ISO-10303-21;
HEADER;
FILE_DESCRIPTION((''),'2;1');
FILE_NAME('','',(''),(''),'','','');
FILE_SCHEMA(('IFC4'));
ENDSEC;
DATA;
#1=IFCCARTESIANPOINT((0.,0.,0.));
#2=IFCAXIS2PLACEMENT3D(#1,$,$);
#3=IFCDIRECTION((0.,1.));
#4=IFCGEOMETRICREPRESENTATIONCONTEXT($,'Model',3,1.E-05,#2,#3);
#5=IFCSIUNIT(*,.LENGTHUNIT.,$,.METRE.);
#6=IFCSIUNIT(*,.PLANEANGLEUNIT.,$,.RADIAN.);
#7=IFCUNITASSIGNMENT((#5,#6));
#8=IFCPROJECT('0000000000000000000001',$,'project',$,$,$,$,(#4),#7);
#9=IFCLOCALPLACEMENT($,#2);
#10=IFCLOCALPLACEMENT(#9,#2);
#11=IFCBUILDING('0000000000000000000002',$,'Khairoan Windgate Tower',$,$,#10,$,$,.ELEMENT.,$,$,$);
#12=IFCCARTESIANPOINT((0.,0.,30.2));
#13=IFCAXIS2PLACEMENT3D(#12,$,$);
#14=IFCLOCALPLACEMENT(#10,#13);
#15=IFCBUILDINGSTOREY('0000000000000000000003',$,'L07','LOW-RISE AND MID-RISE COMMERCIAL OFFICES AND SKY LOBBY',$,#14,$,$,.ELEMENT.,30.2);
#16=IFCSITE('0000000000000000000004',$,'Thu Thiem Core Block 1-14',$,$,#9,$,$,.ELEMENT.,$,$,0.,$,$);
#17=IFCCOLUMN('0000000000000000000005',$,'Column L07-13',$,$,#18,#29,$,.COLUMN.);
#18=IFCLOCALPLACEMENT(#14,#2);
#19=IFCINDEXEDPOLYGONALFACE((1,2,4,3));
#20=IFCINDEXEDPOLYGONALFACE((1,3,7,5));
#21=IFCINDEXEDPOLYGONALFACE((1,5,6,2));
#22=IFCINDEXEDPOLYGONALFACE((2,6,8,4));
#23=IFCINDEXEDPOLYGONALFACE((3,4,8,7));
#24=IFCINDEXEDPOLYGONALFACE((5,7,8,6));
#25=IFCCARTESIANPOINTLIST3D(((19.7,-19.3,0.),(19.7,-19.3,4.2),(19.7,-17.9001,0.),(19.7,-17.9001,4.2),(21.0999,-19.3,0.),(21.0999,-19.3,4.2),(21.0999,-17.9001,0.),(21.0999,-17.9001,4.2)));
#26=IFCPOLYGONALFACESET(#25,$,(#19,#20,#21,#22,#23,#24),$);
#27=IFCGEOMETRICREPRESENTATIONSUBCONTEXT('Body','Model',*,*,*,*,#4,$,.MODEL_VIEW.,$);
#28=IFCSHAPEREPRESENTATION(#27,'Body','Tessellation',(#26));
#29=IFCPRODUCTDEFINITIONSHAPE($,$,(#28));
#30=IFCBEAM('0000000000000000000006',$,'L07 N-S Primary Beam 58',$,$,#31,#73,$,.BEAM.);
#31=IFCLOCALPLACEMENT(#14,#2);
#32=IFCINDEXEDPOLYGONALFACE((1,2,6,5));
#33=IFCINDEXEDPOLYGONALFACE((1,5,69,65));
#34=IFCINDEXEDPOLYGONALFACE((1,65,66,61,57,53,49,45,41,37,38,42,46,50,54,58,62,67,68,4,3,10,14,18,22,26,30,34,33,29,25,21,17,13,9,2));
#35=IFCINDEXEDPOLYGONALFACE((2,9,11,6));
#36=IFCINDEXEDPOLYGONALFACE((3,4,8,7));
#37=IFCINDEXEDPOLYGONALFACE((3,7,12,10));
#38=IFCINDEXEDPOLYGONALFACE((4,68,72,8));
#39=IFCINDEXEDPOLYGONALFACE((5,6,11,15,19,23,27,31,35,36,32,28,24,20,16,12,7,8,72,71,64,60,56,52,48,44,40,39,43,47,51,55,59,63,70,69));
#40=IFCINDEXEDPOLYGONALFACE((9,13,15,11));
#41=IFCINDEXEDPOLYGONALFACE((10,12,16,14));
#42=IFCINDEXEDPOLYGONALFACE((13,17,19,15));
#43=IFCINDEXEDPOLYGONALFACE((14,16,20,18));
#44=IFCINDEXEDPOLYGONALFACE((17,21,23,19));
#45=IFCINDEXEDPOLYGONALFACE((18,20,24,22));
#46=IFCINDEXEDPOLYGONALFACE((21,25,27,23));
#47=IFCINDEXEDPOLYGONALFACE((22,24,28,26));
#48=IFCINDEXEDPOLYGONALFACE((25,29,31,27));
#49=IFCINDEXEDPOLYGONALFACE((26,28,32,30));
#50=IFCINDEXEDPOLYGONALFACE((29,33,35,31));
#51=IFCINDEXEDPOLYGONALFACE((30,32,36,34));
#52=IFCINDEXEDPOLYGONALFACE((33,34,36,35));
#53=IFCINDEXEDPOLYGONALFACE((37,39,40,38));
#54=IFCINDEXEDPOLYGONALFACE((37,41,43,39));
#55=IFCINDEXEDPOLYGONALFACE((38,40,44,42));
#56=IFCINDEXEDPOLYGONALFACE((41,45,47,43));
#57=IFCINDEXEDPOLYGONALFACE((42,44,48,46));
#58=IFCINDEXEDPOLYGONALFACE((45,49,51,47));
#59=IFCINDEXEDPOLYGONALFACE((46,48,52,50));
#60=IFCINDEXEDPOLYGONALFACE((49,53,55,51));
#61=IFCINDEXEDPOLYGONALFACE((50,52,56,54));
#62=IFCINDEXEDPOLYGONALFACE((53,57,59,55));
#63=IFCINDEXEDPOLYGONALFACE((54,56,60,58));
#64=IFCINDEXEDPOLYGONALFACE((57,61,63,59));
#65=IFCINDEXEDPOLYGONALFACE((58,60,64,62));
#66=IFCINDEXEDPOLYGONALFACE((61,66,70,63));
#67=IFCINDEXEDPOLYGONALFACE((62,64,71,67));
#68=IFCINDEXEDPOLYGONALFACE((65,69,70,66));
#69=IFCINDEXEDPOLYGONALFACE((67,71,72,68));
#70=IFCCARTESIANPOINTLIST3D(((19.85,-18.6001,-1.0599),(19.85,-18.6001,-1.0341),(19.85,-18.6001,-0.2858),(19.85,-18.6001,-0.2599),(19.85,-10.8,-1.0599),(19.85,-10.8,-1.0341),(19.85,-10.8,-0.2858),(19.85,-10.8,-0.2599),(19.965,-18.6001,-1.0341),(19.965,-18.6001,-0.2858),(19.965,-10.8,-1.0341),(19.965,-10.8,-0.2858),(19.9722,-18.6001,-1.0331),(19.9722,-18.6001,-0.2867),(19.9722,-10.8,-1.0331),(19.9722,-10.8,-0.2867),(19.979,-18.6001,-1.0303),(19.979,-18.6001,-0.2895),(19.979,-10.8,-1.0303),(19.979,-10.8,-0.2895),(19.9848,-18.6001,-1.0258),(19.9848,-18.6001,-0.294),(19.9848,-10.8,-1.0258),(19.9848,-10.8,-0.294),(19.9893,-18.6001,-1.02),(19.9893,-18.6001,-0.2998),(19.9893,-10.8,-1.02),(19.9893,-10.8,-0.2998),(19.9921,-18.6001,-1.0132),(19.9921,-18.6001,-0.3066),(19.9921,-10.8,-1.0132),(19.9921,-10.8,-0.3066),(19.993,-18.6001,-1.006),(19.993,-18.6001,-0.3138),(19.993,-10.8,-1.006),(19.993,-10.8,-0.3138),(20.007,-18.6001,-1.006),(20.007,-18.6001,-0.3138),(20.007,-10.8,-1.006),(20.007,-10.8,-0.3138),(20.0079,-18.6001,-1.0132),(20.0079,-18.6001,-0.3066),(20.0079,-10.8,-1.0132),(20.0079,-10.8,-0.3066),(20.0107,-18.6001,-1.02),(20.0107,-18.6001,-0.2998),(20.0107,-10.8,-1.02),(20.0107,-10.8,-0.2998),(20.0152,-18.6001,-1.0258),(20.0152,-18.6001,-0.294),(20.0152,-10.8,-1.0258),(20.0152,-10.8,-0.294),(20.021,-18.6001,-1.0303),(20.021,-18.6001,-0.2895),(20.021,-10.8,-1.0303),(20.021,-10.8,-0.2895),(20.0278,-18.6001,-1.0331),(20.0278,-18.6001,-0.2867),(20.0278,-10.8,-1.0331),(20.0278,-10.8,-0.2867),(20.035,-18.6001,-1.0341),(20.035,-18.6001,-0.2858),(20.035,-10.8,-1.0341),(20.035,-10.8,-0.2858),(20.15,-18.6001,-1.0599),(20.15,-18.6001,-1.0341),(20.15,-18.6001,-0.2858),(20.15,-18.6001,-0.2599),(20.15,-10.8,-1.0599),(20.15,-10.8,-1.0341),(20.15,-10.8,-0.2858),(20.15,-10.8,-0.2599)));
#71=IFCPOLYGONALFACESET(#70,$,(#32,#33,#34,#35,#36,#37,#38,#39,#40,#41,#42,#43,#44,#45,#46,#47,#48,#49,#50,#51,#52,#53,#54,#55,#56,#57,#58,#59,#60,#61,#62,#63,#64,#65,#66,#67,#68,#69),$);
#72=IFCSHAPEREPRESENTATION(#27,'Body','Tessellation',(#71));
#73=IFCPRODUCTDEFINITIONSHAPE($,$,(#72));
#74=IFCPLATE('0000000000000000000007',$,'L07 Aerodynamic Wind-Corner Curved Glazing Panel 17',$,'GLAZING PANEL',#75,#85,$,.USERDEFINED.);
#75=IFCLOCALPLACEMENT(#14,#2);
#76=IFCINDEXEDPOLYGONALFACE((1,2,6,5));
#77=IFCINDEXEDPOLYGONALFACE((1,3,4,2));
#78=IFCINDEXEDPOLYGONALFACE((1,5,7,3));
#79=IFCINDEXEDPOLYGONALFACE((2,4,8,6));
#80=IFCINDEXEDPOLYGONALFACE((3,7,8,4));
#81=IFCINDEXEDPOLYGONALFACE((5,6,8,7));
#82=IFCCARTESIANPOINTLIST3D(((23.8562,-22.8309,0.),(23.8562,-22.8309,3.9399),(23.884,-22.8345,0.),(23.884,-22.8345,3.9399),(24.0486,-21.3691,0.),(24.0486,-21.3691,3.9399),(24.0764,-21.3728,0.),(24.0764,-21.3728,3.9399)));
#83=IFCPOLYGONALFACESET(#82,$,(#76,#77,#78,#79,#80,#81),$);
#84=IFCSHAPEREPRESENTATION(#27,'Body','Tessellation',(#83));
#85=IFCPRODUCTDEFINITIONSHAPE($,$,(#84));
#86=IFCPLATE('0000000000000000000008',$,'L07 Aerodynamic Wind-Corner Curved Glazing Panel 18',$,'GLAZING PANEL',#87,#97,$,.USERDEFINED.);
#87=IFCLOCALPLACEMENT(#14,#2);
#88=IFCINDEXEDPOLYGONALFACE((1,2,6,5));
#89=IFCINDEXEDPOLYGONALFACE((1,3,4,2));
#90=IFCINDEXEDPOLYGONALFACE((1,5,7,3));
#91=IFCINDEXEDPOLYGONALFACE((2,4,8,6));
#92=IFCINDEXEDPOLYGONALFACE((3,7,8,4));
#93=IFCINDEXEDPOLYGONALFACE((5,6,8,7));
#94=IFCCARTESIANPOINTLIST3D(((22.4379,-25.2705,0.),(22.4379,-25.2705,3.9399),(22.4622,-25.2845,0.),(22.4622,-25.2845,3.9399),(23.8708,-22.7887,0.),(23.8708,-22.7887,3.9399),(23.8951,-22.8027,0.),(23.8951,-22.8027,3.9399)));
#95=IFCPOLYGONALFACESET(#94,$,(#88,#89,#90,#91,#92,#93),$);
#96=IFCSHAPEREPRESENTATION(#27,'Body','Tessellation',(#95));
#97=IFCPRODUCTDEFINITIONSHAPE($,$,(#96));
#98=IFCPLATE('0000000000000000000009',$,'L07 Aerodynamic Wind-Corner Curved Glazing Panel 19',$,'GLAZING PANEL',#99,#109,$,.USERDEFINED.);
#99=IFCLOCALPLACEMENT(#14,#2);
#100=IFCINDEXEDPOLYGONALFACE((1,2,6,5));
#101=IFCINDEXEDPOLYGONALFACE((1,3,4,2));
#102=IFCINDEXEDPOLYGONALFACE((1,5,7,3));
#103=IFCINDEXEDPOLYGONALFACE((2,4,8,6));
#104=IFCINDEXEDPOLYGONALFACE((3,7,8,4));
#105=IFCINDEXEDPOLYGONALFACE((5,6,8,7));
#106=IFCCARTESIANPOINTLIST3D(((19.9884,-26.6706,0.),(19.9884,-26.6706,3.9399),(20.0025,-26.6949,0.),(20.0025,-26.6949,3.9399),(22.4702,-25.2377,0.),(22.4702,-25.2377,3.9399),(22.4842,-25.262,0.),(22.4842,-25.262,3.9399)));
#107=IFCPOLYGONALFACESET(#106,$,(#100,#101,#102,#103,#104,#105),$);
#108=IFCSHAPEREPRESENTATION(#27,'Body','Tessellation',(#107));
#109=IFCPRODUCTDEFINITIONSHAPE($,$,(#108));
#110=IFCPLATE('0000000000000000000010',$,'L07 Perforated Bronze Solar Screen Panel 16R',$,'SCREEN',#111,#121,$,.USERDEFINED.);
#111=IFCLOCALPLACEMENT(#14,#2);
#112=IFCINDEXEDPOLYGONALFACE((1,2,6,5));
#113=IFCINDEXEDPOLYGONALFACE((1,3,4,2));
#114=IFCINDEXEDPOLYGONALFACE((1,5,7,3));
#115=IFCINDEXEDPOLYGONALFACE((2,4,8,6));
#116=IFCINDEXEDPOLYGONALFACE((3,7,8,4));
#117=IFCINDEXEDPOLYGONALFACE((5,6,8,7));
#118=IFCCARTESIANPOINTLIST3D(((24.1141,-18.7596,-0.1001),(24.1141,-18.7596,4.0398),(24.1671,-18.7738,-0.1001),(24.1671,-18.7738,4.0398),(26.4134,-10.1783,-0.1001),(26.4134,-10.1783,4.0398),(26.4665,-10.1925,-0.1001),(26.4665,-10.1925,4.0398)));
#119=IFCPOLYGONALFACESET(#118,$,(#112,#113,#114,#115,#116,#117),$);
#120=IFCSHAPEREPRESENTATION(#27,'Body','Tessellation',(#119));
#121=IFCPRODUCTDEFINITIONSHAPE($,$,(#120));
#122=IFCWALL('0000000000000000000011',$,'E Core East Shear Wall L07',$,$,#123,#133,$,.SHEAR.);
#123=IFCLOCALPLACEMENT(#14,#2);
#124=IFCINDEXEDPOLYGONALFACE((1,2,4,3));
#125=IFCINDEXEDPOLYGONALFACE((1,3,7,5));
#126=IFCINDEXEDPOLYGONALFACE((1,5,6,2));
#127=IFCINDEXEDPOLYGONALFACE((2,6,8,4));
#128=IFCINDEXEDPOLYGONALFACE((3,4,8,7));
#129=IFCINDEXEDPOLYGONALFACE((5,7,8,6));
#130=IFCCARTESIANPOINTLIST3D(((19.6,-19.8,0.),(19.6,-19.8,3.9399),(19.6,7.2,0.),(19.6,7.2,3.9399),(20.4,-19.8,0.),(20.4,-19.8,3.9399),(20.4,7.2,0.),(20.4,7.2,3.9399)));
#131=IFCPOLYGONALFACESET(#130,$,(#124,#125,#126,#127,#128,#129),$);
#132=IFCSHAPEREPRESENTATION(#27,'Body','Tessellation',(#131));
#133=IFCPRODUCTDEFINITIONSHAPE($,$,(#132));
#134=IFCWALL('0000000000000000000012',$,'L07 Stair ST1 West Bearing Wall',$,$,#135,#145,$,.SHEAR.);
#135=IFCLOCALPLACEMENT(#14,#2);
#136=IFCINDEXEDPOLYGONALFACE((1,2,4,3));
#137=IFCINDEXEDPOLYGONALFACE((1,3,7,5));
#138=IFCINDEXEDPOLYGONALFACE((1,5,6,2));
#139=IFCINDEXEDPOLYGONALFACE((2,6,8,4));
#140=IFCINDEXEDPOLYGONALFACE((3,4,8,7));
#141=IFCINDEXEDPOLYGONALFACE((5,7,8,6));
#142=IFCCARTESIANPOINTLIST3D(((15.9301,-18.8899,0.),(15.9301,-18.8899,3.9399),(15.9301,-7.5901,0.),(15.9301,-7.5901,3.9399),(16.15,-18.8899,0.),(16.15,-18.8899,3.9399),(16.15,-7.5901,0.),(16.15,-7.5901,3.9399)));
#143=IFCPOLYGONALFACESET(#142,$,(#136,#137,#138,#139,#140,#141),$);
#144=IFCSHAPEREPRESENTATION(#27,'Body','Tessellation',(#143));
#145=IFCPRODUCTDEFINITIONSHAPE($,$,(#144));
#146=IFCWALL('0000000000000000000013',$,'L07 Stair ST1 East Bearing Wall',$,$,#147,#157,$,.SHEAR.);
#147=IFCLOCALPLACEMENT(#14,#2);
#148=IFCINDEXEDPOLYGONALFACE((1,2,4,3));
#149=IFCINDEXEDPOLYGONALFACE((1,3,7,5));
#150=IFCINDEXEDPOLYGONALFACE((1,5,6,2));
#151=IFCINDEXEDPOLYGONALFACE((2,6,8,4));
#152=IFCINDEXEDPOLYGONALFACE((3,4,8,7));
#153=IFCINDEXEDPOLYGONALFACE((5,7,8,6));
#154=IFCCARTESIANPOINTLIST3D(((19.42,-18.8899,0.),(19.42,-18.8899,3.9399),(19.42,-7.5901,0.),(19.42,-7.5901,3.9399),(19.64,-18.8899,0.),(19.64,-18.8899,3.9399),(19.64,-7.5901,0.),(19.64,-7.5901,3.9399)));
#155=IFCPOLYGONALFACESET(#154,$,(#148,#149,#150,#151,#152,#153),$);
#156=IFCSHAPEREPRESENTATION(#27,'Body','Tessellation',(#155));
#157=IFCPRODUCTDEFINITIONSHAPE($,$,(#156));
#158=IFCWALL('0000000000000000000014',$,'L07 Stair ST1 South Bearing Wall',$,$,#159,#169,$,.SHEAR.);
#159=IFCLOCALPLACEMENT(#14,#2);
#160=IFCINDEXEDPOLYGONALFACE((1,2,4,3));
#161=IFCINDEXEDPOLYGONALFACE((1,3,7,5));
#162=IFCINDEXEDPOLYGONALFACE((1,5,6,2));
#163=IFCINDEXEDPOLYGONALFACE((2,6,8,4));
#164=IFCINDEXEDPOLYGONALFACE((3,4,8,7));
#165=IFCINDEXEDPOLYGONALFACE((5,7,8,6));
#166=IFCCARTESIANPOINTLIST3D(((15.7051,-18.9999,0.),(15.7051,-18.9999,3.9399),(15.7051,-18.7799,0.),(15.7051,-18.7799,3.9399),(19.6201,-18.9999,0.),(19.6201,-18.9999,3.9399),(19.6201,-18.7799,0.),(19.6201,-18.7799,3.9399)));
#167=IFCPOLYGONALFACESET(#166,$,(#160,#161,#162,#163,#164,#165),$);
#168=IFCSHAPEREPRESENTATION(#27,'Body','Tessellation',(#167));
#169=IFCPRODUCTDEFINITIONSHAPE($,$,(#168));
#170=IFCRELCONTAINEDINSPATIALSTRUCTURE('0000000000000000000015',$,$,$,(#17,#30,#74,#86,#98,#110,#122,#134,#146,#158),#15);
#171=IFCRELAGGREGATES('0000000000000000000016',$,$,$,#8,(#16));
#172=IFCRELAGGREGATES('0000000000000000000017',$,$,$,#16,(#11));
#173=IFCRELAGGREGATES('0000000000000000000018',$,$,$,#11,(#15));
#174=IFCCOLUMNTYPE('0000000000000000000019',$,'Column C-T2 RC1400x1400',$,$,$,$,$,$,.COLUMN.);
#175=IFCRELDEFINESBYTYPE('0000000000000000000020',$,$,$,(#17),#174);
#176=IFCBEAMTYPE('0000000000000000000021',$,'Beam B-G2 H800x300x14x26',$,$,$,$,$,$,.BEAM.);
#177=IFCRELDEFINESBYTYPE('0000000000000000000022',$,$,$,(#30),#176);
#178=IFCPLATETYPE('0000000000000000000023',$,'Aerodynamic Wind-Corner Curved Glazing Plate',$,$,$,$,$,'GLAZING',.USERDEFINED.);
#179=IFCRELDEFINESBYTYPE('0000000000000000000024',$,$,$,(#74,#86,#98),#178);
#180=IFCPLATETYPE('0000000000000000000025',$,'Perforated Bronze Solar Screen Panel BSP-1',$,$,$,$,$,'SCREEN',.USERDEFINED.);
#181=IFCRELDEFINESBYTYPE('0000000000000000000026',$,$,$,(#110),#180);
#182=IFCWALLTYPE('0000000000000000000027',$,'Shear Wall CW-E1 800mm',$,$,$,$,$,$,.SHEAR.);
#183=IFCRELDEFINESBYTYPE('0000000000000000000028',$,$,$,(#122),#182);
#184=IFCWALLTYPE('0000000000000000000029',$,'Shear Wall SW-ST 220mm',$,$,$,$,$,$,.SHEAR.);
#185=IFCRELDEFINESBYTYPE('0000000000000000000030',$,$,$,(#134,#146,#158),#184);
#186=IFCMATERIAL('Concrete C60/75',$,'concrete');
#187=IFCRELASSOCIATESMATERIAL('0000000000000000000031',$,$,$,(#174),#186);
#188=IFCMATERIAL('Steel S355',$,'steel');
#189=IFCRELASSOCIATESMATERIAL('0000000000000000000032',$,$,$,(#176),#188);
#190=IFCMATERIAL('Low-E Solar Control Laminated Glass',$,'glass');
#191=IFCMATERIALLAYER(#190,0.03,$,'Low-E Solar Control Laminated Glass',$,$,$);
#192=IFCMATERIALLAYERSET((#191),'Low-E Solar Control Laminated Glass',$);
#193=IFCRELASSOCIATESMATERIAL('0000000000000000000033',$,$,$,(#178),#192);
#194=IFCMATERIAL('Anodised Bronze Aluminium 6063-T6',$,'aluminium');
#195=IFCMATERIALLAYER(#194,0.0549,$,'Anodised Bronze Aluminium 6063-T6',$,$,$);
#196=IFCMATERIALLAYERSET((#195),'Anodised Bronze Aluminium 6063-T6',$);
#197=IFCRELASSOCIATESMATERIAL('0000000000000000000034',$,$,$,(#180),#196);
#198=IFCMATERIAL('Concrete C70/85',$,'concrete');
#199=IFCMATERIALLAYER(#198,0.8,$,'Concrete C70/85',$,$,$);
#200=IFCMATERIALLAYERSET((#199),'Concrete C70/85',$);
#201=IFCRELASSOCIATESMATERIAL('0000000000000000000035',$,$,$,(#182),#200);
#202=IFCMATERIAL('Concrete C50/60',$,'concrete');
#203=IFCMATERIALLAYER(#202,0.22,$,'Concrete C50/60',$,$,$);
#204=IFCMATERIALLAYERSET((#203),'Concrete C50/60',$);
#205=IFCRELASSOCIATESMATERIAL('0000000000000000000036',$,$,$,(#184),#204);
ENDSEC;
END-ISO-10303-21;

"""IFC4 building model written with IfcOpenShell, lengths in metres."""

from ifc_helpers import new_model, si_unit, direction, frame, frame_2d, origin, origin_2d, place, context, subcontext, project, spatial, rectangle, i_section, extrude, material, layer, layer_set, material_profile, profile_set, type_object, element, save


model = new_model("IFC4")

# Units and contexts
model_context = context("Model", 3, precision=1e-05, world=origin(), true_north=direction((0.0, 1.0)))
body_context = subcontext(model_context, "Body", "Model", "MODEL_VIEW")
ifc_project = project(units=[si_unit("LENGTHUNIT", "METRE"), si_unit("PLANEANGLEUNIT", "RADIAN")], contexts=[model_context])

# Site, building, storey
site_placement = place(None, origin())
site = spatial("IfcSite", under=ifc_project, at=site_placement, Name="Thu Thiem Core Block 1-14", CompositionType="ELEMENT", RefElevation=0.0)
building_placement = place(site_placement, origin())
building = spatial("IfcBuilding", under=site, at=building_placement, Name="Khairoan Windgate Tower", CompositionType="ELEMENT")
storey_placement = place(building_placement, frame((0.0, 0.0, 30.2)))
storey = spatial("IfcBuildingStorey", under=building, at=storey_placement, Name="L07", Description="LOW-RISE AND MID-RISE COMMERCIAL OFFICES AND SKY LOBBY", CompositionType="ELEMENT", Elevation=30.2)

# Column
ifc_material_1 = material(Name="Concrete C60/75", Category="concrete")
ifc_material_profile_1 = material_profile(ifc_material_1, rectangle(XDim=1.3999, YDim=1.3999, at=origin_2d()))
ifc_profile_set_1 = profile_set([ifc_material_profile_1], Name="Concrete C60/75")
column_type = type_object("IfcColumnType", Name="Column C-T2 RC1400x1400", PredefinedType="COLUMN", material=ifc_profile_set_1)
column_placement = place(storey_placement, frame((20.3999, -18.6001, 0.0), z_axis=(0.0, 0.0, 1.0), x_axis=(1.0, 0.0, 0.0)))
element("IfcColumn", 1, at=column_placement, inside=storey, type_object=column_type, Name="Column L07-13", PredefinedType="COLUMN", context=body_context, shape_type="SweptSolid", body=[
    extrude(rectangle(XDim=1.3999, YDim=1.3999, at=origin_2d()), origin(), (0.0, 0.0, 1.0), 4.2),
])

# Beam
ifc_material_2 = material(Name="Steel S355", Category="steel")
ifc_material_profile_2 = material_profile(ifc_material_2, i_section(OverallWidth=0.3, OverallDepth=0.8, WebThickness=0.0139, FlangeThickness=0.0259, FilletRadius=0.0281, at=origin_2d()))
ifc_profile_set_2 = profile_set([ifc_material_profile_2], Name="Steel S355")
beam_type = type_object("IfcBeamType", Name="Beam B-G2 H800x300x14x26", PredefinedType="BEAM", material=ifc_profile_set_2)
beam_placement = place(storey_placement, frame((20.0, -18.6001, -0.6599), z_axis=(0.0, 1.0, 0.0), x_axis=(-1.0, 0.0, 0.0)))
element("IfcBeam", 2, at=beam_placement, inside=storey, type_object=beam_type, Name="L07 N-S Primary Beam 58", PredefinedType="BEAM", context=body_context, shape_type="SweptSolid", body=[
    extrude(i_section(OverallWidth=0.3, OverallDepth=0.8, WebThickness=0.0139, FlangeThickness=0.0259, FilletRadius=0.0281, at=origin_2d()), origin(), (0.0, 0.0, 1.0), 7.8),
])

# Plates
ifc_material_3 = material(Name="Low-E Solar Control Laminated Glass", Category="glass")
ifc_layer_1 = layer(ifc_material_3, 0.03, Name="Low-E Solar Control Laminated Glass")
ifc_layer_set_1 = layer_set([ifc_layer_1], Name="Low-E Solar Control Laminated Glass")
plate_type_1 = type_object("IfcPlateType", Name="Aerodynamic Wind-Corner Curved Glazing Plate", ElementType="GLAZING", PredefinedType="USERDEFINED", material=ifc_layer_set_1)
plate_1_placement = place(storey_placement, frame((23.9663, -22.1018, 0.0), z_axis=(0.0, 0.0, 1.0), x_axis=(-0.130526, -0.991445, 0.0)))
element("IfcPlate", 3, at=plate_1_placement, inside=storey, type_object=plate_type_1, Name="L07 Aerodynamic Wind-Corner Curved Glazing Panel 17", ObjectType="GLAZING PANEL", PredefinedType="USERDEFINED", context=body_context, shape_type="SweptSolid", body=[
    extrude(rectangle(XDim=1.4744, YDim=0.0281, at=origin_2d()), origin(), (0.0, 0.0, 1.0), 3.9399),
])
for number, where, z_axis, x_axis, name in (
    (4, (23.1665, -24.0366, 0.0), (0.0, 0.0, 1.0), (-0.5, -0.866025, 0.0), "L07 Aerodynamic Wind-Corner Curved Glazing Panel 18"),
    (5, (21.2363, -25.9663, 0.0), (0.0, 0.0, 1.0), (-0.866025, -0.5, 0.0), "L07 Aerodynamic Wind-Corner Curved Glazing Panel 19"),
):
    element("IfcPlate", number, at=place(storey_placement, frame(where, z_axis=z_axis, x_axis=x_axis)), inside=storey, type_object=plate_type_1, Name=name, ObjectType="GLAZING PANEL", PredefinedType="USERDEFINED", context=body_context, shape_type="SweptSolid", body=[
        extrude(rectangle(XDim=2.8657, YDim=0.0281, at=origin_2d()), origin(), (0.0, 0.0, 1.0), 3.9399),
    ])

# Plate
ifc_material_4 = material(Name="Anodised Bronze Aluminium 6063-T6", Category="aluminium")
ifc_layer_2 = layer(ifc_material_4, 0.0549, Name="Anodised Bronze Aluminium 6063-T6")
ifc_layer_set_2 = layer_set([ifc_layer_2], Name="Anodised Bronze Aluminium 6063-T6")
plate_type_2 = type_object("IfcPlateType", Name="Perforated Bronze Solar Screen Panel BSP-1", ElementType="SCREEN", PredefinedType="USERDEFINED", material=ifc_layer_set_2)
plate_2_placement = place(storey_placement, frame((25.2903, -14.4761, -0.1001), z_axis=(0.0, 0.0, 1.0), x_axis=(-0.258819, -0.965926, 0.0)))
element("IfcPlate", 6, at=plate_2_placement, inside=storey, type_object=plate_type_2, Name="L07 Perforated Bronze Solar Screen Panel 16R", ObjectType="SCREEN", PredefinedType="USERDEFINED", context=body_context, shape_type="SweptSolid", body=[
    extrude(rectangle(XDim=8.884, YDim=0.0549, at=origin_2d()), origin(), (0.0, 0.0, 1.0), 4.1399),
])

# Walls
ifc_material_5 = material(Name="Concrete C70/85", Category="concrete")
ifc_layer_3 = layer(ifc_material_5, 0.8, Name="Concrete C70/85")
ifc_layer_set_3 = layer_set([ifc_layer_3], Name="Concrete C70/85")
wall_type_1 = type_object("IfcWallType", Name="Shear Wall CW-E1 800mm", PredefinedType="SHEAR", material=ifc_layer_set_3)
wall_1_placement = place(storey_placement, frame((20.0, -19.8, 0.0), z_axis=(0.0, 0.0, 1.0), x_axis=(0.0, 1.0, 0.0)))
element("IfcWall", 7, at=wall_1_placement, inside=storey, type_object=wall_type_1, Name="E Core East Shear Wall L07", PredefinedType="SHEAR", context=body_context, shape_type="SweptSolid", body=[
    extrude(rectangle(XDim=27.0, YDim=0.8, at=frame_2d((13.5, 0.0))), origin(), (0.0, 0.0, 1.0), 3.9399),
])
ifc_material_6 = material(Name="Concrete C50/60", Category="concrete")
ifc_layer_4 = layer(ifc_material_6, 0.22, Name="Concrete C50/60")
ifc_layer_set_4 = layer_set([ifc_layer_4], Name="Concrete C50/60")
wall_type_2 = type_object("IfcWallType", Name="Shear Wall SW-ST 220mm", PredefinedType="SHEAR", material=ifc_layer_set_4)
for number, where, z_axis, x_axis, name in (
    (8, (16.04, -18.8899, 0.0), (0.0, 0.0, 1.0), (0.0, 1.0, 0.0), "L07 Stair ST1 West Bearing Wall"),
    (9, (19.53, -18.8899, 0.0), (0.0, 0.0, 1.0), (0.0, 1.0, 0.0), "L07 Stair ST1 East Bearing Wall"),
):
    element("IfcWall", number, at=place(storey_placement, frame(where, z_axis=z_axis, x_axis=x_axis)), inside=storey, type_object=wall_type_2, Name=name, PredefinedType="SHEAR", context=body_context, shape_type="SweptSolid", body=[
        extrude(rectangle(XDim=11.2998, YDim=0.22, at=frame_2d((5.6499, 0.0))), origin(), (0.0, 0.0, 1.0), 3.9399),
    ])
wall_2_placement = place(storey_placement, frame((15.7051, -18.8899, 0.0), z_axis=(0.0, 0.0, 1.0), x_axis=(1.0, 0.0, 0.0)))
element("IfcWall", 10, at=wall_2_placement, inside=storey, type_object=wall_type_2, Name="L07 Stair ST1 South Bearing Wall", PredefinedType="SHEAR", context=body_context, shape_type="SweptSolid", body=[
    extrude(rectangle(XDim=3.915, YDim=0.22, at=frame_2d((1.9575, 0.0))), origin(), (0.0, 0.0, 1.0), 3.9399),
])

save(model, "model.ifc")
